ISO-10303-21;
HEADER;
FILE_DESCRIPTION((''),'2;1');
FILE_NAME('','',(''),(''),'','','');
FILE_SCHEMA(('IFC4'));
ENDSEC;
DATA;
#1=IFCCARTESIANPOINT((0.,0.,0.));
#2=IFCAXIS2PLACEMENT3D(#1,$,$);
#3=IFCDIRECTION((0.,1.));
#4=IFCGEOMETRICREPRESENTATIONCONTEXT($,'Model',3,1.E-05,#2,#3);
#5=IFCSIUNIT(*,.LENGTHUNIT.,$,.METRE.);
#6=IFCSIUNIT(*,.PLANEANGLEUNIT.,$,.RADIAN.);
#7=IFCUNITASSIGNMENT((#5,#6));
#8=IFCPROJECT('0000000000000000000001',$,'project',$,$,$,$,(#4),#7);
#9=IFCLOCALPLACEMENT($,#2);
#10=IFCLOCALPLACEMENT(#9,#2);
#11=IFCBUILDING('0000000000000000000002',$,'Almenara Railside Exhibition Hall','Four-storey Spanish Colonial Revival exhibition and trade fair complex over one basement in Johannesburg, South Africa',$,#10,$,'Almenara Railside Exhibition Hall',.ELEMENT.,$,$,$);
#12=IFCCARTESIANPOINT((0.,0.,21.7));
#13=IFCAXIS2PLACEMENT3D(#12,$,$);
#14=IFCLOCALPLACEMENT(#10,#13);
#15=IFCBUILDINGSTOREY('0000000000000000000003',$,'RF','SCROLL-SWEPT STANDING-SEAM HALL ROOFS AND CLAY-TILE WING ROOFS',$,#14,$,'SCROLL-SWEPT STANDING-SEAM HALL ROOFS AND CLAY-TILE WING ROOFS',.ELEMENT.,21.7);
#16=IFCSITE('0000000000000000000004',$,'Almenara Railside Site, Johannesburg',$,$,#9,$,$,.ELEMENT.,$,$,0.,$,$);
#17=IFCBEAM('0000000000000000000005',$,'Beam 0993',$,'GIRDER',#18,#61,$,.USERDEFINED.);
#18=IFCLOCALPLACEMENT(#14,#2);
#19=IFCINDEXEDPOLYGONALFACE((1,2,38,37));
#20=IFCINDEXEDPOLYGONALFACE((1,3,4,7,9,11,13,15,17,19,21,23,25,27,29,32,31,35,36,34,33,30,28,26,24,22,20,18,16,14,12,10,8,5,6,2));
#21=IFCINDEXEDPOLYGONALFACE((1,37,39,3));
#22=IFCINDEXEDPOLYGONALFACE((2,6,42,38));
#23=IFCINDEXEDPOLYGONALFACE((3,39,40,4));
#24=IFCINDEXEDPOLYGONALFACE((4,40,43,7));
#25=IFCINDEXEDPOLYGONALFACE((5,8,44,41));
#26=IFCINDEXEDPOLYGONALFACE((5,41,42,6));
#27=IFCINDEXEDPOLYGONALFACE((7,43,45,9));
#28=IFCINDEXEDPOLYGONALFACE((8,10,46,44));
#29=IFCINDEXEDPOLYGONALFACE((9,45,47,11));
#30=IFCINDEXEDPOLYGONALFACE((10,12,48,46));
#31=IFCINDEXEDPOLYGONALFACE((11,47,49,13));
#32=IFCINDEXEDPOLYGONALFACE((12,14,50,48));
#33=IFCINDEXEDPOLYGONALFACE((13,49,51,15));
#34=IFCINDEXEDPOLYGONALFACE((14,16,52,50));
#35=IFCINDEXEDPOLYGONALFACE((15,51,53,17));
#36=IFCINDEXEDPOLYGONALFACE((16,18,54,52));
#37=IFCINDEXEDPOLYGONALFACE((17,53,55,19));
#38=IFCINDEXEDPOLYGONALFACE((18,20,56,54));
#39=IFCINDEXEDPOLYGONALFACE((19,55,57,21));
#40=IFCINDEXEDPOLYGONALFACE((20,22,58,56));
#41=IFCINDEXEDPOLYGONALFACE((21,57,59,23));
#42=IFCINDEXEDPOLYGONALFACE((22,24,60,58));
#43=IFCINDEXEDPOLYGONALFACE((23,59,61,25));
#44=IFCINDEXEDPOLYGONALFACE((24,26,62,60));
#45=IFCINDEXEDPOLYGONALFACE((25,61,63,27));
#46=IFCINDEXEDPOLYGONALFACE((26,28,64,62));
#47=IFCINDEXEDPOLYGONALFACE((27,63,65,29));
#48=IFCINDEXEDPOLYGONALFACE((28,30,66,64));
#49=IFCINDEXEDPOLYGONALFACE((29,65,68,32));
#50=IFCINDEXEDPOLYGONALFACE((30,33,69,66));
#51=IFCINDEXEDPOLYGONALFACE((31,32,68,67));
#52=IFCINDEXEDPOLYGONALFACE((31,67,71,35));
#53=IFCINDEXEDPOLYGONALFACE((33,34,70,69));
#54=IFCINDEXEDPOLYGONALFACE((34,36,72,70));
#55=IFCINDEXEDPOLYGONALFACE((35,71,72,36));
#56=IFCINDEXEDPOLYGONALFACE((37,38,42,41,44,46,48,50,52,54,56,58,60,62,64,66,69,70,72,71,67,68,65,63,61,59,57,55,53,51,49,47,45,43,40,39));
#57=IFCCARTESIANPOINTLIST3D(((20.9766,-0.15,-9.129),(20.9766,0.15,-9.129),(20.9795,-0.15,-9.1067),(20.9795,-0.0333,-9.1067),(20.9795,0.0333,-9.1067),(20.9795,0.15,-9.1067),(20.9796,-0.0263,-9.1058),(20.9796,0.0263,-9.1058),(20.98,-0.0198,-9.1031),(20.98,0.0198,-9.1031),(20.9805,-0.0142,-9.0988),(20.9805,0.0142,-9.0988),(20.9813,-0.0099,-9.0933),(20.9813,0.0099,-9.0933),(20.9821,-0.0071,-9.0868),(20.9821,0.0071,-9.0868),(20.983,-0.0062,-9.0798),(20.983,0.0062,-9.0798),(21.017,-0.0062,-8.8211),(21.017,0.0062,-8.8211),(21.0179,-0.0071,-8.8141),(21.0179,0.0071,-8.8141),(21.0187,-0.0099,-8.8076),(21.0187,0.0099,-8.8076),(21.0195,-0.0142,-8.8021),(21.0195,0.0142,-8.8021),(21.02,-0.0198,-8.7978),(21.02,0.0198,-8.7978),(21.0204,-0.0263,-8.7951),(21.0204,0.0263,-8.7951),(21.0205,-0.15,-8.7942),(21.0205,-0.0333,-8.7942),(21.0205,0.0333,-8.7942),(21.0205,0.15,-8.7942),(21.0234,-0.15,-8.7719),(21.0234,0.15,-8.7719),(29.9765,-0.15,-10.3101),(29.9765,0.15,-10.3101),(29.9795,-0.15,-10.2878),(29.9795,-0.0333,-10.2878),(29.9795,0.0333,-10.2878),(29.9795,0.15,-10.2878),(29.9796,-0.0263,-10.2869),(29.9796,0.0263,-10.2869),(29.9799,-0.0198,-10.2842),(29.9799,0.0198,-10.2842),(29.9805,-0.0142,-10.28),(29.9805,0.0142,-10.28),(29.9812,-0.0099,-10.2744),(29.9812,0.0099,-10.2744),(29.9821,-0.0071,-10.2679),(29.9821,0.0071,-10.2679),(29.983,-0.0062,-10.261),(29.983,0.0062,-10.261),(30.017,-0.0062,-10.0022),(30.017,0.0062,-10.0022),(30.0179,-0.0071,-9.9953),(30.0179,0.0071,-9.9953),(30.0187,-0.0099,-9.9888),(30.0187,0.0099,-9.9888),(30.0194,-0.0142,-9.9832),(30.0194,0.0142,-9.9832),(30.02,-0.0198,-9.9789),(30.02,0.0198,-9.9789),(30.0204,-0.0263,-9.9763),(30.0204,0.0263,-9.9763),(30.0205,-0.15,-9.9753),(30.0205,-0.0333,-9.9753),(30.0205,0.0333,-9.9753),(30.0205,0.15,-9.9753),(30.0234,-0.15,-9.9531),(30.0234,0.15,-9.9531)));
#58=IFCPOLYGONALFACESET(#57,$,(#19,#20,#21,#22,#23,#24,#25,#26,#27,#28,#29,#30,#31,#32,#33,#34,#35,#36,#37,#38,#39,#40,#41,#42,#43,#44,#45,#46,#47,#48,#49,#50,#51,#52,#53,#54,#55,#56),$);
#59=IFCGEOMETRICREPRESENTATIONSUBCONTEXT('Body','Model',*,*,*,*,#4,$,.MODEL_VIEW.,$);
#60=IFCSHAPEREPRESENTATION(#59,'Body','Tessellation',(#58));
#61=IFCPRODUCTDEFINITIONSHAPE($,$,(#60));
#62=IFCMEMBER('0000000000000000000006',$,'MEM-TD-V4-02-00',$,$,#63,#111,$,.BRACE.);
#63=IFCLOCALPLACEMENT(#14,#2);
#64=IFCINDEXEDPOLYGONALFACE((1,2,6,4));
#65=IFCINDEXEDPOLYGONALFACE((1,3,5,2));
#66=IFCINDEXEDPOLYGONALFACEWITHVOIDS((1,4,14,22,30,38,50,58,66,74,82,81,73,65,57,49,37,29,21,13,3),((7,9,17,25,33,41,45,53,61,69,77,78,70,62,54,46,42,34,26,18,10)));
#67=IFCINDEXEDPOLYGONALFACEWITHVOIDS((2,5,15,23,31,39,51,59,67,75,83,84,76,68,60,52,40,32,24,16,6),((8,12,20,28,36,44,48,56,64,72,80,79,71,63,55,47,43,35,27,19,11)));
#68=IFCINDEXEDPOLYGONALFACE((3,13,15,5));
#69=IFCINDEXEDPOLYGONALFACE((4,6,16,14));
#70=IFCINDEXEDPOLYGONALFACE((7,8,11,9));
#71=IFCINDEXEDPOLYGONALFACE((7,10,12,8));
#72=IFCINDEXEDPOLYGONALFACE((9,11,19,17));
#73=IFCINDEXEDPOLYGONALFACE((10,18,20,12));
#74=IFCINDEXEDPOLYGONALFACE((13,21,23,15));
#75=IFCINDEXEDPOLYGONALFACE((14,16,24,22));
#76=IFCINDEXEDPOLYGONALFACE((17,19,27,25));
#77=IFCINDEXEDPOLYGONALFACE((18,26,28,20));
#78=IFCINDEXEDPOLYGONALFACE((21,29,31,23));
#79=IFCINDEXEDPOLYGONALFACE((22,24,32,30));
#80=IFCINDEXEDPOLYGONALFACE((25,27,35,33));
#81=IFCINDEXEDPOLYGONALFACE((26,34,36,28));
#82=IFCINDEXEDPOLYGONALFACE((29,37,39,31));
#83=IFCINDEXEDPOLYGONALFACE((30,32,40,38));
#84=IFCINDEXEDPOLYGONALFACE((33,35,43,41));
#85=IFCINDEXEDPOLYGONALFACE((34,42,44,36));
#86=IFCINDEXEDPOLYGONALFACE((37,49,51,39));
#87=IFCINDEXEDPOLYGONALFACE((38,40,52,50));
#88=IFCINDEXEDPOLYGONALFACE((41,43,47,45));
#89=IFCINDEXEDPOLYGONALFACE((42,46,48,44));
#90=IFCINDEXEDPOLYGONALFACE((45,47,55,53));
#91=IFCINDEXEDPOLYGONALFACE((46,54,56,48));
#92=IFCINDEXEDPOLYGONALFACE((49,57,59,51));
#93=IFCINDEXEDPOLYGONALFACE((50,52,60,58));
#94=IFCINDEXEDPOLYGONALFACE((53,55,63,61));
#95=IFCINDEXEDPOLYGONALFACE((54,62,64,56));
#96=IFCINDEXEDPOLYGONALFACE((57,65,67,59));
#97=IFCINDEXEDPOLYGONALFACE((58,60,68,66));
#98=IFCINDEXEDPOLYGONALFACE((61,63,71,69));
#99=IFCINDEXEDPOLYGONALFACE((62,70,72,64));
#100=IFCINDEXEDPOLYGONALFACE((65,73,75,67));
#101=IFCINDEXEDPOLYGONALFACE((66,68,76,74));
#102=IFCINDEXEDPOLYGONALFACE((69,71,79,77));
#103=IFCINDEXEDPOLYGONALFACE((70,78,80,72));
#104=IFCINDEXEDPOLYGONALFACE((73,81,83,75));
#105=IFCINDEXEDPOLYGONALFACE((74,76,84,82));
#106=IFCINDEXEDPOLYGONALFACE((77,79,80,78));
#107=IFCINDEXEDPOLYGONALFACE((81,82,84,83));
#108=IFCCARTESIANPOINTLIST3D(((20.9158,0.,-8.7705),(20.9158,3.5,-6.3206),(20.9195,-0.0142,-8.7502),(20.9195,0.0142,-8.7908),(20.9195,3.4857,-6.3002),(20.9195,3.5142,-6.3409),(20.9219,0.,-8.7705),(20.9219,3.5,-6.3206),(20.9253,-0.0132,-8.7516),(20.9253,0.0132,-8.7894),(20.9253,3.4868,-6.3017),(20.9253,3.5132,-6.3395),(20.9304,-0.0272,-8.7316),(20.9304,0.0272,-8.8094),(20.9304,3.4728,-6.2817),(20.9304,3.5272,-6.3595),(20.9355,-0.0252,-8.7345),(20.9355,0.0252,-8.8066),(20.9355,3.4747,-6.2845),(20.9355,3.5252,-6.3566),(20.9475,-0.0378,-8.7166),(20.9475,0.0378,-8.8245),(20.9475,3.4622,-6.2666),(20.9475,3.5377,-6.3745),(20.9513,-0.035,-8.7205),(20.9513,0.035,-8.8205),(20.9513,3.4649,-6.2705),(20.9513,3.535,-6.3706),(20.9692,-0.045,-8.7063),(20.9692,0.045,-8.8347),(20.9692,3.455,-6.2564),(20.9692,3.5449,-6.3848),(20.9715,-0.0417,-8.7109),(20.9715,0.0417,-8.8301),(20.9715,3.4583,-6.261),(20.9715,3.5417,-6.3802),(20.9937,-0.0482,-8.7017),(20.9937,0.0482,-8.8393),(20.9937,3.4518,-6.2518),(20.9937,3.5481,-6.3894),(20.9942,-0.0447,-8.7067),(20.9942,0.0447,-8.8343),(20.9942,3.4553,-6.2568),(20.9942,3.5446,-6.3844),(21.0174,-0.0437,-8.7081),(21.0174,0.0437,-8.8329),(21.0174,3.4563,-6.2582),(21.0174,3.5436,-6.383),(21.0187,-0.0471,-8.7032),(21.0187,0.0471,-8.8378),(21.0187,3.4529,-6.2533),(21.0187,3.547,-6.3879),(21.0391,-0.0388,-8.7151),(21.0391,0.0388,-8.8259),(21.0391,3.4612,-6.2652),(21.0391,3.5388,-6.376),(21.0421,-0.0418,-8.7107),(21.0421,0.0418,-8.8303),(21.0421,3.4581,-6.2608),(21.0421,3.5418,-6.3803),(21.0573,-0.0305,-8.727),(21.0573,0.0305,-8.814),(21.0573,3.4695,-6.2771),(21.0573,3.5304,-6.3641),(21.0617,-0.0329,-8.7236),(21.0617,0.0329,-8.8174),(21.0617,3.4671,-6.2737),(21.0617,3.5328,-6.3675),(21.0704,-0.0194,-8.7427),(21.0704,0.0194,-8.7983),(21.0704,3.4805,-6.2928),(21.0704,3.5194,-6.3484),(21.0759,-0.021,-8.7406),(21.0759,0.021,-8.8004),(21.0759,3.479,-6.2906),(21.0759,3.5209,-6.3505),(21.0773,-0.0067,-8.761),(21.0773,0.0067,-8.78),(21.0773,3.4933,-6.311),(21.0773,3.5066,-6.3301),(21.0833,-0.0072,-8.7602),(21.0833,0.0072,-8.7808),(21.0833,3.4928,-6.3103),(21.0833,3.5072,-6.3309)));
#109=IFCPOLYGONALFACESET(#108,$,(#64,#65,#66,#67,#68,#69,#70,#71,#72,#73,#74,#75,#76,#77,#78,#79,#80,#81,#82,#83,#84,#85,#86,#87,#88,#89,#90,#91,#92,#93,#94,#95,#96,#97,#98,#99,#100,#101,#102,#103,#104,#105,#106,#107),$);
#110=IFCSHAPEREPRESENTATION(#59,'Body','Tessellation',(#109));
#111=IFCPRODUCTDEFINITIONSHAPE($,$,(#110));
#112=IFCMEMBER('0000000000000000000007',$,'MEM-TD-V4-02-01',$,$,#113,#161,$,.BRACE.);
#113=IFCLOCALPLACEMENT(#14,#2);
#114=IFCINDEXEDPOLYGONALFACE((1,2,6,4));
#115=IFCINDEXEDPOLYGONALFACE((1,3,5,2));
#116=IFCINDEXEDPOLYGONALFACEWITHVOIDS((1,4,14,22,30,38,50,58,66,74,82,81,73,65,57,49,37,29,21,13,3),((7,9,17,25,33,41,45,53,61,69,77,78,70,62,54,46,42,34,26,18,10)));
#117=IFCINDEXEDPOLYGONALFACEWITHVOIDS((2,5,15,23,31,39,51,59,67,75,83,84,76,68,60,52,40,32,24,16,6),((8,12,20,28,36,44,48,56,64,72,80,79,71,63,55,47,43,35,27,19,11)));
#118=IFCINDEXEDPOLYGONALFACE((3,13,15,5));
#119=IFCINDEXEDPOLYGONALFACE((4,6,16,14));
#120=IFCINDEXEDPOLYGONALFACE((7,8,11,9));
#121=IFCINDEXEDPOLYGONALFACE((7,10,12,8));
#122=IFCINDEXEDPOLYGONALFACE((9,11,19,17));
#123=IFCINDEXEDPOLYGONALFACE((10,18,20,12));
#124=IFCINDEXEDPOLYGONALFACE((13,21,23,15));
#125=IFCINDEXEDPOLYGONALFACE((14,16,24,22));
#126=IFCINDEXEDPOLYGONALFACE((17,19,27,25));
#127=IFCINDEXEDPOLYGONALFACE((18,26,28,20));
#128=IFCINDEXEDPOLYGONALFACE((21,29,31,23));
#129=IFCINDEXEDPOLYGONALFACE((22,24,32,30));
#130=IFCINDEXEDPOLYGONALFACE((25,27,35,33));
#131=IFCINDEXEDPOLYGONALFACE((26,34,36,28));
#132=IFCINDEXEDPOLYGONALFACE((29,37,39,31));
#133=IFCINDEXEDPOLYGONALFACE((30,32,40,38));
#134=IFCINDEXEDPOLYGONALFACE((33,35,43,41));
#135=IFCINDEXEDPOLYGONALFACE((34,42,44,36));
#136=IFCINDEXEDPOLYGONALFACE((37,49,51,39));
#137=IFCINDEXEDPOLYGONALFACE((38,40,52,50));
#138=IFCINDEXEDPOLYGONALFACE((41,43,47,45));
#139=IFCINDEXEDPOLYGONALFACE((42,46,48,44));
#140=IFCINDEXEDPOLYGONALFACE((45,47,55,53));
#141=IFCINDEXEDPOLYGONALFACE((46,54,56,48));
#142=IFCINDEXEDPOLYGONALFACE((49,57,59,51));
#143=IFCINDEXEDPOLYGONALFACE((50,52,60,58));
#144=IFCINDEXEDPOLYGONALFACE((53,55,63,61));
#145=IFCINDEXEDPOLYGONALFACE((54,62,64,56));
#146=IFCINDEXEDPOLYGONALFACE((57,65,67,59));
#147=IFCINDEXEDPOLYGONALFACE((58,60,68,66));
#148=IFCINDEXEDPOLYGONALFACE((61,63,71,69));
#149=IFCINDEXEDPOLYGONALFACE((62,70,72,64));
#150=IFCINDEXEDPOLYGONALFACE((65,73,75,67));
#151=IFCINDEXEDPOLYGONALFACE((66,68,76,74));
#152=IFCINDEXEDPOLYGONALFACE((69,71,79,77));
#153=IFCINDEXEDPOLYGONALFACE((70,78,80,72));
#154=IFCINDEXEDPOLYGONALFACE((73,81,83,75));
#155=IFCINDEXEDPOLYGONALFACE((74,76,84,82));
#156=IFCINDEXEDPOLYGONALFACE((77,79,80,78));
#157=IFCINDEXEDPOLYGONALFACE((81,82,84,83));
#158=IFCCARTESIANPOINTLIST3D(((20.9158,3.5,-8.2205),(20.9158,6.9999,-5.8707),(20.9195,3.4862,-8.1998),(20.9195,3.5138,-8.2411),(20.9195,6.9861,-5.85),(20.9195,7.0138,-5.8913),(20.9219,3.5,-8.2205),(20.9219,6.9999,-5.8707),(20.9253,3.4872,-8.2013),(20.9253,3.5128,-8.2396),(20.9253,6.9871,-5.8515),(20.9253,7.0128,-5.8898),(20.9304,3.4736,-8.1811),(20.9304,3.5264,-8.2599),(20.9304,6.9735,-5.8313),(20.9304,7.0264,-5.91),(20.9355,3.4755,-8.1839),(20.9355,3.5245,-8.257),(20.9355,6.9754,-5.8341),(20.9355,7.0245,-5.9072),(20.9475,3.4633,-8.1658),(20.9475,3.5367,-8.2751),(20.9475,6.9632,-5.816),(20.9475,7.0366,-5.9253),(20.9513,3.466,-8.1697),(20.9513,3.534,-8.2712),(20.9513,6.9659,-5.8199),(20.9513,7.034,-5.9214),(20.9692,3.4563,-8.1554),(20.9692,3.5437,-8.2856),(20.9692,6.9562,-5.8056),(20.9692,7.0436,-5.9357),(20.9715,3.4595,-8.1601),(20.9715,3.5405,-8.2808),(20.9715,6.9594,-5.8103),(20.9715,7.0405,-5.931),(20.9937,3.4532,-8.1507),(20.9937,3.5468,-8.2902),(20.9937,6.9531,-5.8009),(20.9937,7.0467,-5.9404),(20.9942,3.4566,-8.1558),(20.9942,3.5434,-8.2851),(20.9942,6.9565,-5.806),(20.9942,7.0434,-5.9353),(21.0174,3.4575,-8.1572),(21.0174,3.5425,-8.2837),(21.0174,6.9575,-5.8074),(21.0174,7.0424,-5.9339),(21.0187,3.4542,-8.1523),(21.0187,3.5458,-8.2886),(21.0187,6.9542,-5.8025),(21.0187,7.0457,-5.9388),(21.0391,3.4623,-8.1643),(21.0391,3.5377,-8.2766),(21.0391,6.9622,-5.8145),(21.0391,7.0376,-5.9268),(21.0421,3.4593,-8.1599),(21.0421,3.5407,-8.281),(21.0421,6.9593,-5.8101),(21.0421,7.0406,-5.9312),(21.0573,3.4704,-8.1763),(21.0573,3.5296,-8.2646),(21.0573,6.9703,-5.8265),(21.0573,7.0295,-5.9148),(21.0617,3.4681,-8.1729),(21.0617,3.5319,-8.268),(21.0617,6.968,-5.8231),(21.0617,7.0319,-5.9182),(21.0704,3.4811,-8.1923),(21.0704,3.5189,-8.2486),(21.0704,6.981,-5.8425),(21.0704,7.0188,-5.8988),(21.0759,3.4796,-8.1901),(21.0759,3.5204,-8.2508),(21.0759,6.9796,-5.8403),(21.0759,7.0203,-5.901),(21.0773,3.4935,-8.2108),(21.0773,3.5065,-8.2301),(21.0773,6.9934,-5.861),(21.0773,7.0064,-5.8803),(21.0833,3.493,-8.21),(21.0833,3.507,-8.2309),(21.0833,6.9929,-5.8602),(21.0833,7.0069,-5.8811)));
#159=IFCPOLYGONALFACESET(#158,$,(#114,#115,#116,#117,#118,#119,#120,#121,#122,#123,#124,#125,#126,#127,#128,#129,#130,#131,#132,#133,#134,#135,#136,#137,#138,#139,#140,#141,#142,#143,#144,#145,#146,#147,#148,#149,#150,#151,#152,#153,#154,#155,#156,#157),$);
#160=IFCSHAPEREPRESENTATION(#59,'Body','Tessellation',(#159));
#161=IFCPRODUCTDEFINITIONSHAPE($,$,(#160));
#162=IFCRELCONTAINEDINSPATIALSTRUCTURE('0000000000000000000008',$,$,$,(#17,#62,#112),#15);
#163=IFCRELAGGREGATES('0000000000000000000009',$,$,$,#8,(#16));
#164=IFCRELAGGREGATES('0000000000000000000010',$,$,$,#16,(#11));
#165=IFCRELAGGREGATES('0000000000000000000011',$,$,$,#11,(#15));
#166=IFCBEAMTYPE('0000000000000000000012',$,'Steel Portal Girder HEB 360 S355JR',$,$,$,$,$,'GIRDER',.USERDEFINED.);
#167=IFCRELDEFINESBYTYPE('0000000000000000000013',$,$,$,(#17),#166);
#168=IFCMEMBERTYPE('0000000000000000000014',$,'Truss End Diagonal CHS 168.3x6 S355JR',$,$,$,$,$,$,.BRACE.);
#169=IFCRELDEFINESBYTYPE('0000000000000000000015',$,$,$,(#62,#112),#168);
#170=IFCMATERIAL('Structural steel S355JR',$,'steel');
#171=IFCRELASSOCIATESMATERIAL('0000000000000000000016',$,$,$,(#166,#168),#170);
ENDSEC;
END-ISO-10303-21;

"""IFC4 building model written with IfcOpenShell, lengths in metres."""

from ifc_helpers import new_model, si_unit, direction, frame, origin, origin_2d, place, context, subcontext, project, spatial, hollow_circle, i_section, extrude, material, material_profile, profile_set, type_object, element, save


model = new_model("IFC4")

# Units and contexts
model_context = context("Model", 3, precision=1e-05, world=origin(), true_north=direction((0.0, 1.0)))
body_context = subcontext(model_context, "Body", "Model", "MODEL_VIEW")
ifc_project = project(units=[si_unit("LENGTHUNIT", "METRE"), si_unit("PLANEANGLEUNIT", "RADIAN")], contexts=[model_context])

# Site, building, storey
site_placement = place(None, origin())
site = spatial("IfcSite", under=ifc_project, at=site_placement, Name="Almenara Railside Site, Johannesburg", CompositionType="ELEMENT", RefElevation=0.0)
building_placement = place(site_placement, origin())
building = spatial("IfcBuilding", under=site, at=building_placement, Name="Almenara Railside Exhibition Hall", Description="Four-storey Spanish Colonial Revival exhibition and trade fair complex over one basement in Johannesburg, South Africa", LongName="Almenara Railside Exhibition Hall", CompositionType="ELEMENT")
storey_placement = place(building_placement, frame((0.0, 0.0, 21.7)))
storey = spatial("IfcBuildingStorey", under=building, at=storey_placement, Name="RF", Description="SCROLL-SWEPT STANDING-SEAM HALL ROOFS AND CLAY-TILE WING ROOFS", LongName="SCROLL-SWEPT STANDING-SEAM HALL ROOFS AND CLAY-TILE WING ROOFS", CompositionType="ELEMENT", Elevation=21.7)

# Shared definitions
ifc_material_1 = material(Name="Structural steel S355JR", Category="steel")

# Beam
ifc_material_profile_1 = material_profile(ifc_material_1, i_section(OverallWidth=0.3, OverallDepth=0.3601, WebThickness=0.0125, FlangeThickness=0.0225, FilletRadius=0.0271, at=origin_2d()), Name="HEB 360")
ifc_profile_set_1 = profile_set([ifc_material_profile_1], Name="Structural steel S355JR")
beam_type = type_object("IfcBeamType", Name="Steel Portal Girder HEB 360 S355JR", ElementType="GIRDER", PredefinedType="USERDEFINED", material=ifc_profile_set_1)
beam_placement = place(storey_placement, frame((21.0, 0.0, -8.9504), z_axis=(0.991498, 0.0, -0.130123), x_axis=(0.0, 1.0, 0.0)))
element("IfcBeam", 1, at=beam_placement, inside=storey, type_object=beam_type, Name="Beam 0993", ObjectType="GIRDER", PredefinedType="USERDEFINED", context=body_context, shape_type="SweptSolid", body=[
    extrude(i_section(OverallWidth=0.3, OverallDepth=0.3601, WebThickness=0.0125, FlangeThickness=0.0225, FilletRadius=0.0271, at=origin_2d()), origin(), (0.0, 0.0, 1.0), 9.0771),
])

# Members
ifc_material_profile_2 = material_profile(ifc_material_1, hollow_circle(Radius=0.0842, WallThickness=0.0061, at=origin_2d()), Name="CHS 168.3x6")
ifc_profile_set_2 = profile_set([ifc_material_profile_2], Name="Structural steel S355JR")
member_type_1 = type_object("IfcMemberType", Name="Truss End Diagonal CHS 168.3x6 S355JR", PredefinedType="BRACE", material=ifc_profile_set_2)
member_1_placement = place(storey_placement, frame((21.0, 0.0, -8.7705), z_axis=(0.0, 0.819237, 0.573455), x_axis=(-1.0, 0.0, 0.0)))
element("IfcMember", 2, at=member_1_placement, inside=storey, type_object=member_type_1, Name="MEM-TD-V4-02-00", PredefinedType="BRACE", context=body_context, shape_type="SweptSolid", body=[
    extrude(hollow_circle(Radius=0.0842, WallThickness=0.0061, at=origin_2d()), origin(), (0.0, 0.0, 1.0), 4.2722),
])
member_2_placement = place(storey_placement, frame((21.0, 3.5, -8.2205), z_axis=(0.0, 0.830237, 0.55741), x_axis=(-1.0, 0.0, 0.0)))
element("IfcMember", 3, at=member_2_placement, inside=storey, type_object=member_type_1, Name="MEM-TD-V4-02-01", PredefinedType="BRACE", context=body_context, shape_type="SweptSolid", body=[
    extrude(hollow_circle(Radius=0.0842, WallThickness=0.0061, at=origin_2d()), origin(), (0.0, 0.0, 1.0), 4.2156),
])

save(model, "model.ifc")
